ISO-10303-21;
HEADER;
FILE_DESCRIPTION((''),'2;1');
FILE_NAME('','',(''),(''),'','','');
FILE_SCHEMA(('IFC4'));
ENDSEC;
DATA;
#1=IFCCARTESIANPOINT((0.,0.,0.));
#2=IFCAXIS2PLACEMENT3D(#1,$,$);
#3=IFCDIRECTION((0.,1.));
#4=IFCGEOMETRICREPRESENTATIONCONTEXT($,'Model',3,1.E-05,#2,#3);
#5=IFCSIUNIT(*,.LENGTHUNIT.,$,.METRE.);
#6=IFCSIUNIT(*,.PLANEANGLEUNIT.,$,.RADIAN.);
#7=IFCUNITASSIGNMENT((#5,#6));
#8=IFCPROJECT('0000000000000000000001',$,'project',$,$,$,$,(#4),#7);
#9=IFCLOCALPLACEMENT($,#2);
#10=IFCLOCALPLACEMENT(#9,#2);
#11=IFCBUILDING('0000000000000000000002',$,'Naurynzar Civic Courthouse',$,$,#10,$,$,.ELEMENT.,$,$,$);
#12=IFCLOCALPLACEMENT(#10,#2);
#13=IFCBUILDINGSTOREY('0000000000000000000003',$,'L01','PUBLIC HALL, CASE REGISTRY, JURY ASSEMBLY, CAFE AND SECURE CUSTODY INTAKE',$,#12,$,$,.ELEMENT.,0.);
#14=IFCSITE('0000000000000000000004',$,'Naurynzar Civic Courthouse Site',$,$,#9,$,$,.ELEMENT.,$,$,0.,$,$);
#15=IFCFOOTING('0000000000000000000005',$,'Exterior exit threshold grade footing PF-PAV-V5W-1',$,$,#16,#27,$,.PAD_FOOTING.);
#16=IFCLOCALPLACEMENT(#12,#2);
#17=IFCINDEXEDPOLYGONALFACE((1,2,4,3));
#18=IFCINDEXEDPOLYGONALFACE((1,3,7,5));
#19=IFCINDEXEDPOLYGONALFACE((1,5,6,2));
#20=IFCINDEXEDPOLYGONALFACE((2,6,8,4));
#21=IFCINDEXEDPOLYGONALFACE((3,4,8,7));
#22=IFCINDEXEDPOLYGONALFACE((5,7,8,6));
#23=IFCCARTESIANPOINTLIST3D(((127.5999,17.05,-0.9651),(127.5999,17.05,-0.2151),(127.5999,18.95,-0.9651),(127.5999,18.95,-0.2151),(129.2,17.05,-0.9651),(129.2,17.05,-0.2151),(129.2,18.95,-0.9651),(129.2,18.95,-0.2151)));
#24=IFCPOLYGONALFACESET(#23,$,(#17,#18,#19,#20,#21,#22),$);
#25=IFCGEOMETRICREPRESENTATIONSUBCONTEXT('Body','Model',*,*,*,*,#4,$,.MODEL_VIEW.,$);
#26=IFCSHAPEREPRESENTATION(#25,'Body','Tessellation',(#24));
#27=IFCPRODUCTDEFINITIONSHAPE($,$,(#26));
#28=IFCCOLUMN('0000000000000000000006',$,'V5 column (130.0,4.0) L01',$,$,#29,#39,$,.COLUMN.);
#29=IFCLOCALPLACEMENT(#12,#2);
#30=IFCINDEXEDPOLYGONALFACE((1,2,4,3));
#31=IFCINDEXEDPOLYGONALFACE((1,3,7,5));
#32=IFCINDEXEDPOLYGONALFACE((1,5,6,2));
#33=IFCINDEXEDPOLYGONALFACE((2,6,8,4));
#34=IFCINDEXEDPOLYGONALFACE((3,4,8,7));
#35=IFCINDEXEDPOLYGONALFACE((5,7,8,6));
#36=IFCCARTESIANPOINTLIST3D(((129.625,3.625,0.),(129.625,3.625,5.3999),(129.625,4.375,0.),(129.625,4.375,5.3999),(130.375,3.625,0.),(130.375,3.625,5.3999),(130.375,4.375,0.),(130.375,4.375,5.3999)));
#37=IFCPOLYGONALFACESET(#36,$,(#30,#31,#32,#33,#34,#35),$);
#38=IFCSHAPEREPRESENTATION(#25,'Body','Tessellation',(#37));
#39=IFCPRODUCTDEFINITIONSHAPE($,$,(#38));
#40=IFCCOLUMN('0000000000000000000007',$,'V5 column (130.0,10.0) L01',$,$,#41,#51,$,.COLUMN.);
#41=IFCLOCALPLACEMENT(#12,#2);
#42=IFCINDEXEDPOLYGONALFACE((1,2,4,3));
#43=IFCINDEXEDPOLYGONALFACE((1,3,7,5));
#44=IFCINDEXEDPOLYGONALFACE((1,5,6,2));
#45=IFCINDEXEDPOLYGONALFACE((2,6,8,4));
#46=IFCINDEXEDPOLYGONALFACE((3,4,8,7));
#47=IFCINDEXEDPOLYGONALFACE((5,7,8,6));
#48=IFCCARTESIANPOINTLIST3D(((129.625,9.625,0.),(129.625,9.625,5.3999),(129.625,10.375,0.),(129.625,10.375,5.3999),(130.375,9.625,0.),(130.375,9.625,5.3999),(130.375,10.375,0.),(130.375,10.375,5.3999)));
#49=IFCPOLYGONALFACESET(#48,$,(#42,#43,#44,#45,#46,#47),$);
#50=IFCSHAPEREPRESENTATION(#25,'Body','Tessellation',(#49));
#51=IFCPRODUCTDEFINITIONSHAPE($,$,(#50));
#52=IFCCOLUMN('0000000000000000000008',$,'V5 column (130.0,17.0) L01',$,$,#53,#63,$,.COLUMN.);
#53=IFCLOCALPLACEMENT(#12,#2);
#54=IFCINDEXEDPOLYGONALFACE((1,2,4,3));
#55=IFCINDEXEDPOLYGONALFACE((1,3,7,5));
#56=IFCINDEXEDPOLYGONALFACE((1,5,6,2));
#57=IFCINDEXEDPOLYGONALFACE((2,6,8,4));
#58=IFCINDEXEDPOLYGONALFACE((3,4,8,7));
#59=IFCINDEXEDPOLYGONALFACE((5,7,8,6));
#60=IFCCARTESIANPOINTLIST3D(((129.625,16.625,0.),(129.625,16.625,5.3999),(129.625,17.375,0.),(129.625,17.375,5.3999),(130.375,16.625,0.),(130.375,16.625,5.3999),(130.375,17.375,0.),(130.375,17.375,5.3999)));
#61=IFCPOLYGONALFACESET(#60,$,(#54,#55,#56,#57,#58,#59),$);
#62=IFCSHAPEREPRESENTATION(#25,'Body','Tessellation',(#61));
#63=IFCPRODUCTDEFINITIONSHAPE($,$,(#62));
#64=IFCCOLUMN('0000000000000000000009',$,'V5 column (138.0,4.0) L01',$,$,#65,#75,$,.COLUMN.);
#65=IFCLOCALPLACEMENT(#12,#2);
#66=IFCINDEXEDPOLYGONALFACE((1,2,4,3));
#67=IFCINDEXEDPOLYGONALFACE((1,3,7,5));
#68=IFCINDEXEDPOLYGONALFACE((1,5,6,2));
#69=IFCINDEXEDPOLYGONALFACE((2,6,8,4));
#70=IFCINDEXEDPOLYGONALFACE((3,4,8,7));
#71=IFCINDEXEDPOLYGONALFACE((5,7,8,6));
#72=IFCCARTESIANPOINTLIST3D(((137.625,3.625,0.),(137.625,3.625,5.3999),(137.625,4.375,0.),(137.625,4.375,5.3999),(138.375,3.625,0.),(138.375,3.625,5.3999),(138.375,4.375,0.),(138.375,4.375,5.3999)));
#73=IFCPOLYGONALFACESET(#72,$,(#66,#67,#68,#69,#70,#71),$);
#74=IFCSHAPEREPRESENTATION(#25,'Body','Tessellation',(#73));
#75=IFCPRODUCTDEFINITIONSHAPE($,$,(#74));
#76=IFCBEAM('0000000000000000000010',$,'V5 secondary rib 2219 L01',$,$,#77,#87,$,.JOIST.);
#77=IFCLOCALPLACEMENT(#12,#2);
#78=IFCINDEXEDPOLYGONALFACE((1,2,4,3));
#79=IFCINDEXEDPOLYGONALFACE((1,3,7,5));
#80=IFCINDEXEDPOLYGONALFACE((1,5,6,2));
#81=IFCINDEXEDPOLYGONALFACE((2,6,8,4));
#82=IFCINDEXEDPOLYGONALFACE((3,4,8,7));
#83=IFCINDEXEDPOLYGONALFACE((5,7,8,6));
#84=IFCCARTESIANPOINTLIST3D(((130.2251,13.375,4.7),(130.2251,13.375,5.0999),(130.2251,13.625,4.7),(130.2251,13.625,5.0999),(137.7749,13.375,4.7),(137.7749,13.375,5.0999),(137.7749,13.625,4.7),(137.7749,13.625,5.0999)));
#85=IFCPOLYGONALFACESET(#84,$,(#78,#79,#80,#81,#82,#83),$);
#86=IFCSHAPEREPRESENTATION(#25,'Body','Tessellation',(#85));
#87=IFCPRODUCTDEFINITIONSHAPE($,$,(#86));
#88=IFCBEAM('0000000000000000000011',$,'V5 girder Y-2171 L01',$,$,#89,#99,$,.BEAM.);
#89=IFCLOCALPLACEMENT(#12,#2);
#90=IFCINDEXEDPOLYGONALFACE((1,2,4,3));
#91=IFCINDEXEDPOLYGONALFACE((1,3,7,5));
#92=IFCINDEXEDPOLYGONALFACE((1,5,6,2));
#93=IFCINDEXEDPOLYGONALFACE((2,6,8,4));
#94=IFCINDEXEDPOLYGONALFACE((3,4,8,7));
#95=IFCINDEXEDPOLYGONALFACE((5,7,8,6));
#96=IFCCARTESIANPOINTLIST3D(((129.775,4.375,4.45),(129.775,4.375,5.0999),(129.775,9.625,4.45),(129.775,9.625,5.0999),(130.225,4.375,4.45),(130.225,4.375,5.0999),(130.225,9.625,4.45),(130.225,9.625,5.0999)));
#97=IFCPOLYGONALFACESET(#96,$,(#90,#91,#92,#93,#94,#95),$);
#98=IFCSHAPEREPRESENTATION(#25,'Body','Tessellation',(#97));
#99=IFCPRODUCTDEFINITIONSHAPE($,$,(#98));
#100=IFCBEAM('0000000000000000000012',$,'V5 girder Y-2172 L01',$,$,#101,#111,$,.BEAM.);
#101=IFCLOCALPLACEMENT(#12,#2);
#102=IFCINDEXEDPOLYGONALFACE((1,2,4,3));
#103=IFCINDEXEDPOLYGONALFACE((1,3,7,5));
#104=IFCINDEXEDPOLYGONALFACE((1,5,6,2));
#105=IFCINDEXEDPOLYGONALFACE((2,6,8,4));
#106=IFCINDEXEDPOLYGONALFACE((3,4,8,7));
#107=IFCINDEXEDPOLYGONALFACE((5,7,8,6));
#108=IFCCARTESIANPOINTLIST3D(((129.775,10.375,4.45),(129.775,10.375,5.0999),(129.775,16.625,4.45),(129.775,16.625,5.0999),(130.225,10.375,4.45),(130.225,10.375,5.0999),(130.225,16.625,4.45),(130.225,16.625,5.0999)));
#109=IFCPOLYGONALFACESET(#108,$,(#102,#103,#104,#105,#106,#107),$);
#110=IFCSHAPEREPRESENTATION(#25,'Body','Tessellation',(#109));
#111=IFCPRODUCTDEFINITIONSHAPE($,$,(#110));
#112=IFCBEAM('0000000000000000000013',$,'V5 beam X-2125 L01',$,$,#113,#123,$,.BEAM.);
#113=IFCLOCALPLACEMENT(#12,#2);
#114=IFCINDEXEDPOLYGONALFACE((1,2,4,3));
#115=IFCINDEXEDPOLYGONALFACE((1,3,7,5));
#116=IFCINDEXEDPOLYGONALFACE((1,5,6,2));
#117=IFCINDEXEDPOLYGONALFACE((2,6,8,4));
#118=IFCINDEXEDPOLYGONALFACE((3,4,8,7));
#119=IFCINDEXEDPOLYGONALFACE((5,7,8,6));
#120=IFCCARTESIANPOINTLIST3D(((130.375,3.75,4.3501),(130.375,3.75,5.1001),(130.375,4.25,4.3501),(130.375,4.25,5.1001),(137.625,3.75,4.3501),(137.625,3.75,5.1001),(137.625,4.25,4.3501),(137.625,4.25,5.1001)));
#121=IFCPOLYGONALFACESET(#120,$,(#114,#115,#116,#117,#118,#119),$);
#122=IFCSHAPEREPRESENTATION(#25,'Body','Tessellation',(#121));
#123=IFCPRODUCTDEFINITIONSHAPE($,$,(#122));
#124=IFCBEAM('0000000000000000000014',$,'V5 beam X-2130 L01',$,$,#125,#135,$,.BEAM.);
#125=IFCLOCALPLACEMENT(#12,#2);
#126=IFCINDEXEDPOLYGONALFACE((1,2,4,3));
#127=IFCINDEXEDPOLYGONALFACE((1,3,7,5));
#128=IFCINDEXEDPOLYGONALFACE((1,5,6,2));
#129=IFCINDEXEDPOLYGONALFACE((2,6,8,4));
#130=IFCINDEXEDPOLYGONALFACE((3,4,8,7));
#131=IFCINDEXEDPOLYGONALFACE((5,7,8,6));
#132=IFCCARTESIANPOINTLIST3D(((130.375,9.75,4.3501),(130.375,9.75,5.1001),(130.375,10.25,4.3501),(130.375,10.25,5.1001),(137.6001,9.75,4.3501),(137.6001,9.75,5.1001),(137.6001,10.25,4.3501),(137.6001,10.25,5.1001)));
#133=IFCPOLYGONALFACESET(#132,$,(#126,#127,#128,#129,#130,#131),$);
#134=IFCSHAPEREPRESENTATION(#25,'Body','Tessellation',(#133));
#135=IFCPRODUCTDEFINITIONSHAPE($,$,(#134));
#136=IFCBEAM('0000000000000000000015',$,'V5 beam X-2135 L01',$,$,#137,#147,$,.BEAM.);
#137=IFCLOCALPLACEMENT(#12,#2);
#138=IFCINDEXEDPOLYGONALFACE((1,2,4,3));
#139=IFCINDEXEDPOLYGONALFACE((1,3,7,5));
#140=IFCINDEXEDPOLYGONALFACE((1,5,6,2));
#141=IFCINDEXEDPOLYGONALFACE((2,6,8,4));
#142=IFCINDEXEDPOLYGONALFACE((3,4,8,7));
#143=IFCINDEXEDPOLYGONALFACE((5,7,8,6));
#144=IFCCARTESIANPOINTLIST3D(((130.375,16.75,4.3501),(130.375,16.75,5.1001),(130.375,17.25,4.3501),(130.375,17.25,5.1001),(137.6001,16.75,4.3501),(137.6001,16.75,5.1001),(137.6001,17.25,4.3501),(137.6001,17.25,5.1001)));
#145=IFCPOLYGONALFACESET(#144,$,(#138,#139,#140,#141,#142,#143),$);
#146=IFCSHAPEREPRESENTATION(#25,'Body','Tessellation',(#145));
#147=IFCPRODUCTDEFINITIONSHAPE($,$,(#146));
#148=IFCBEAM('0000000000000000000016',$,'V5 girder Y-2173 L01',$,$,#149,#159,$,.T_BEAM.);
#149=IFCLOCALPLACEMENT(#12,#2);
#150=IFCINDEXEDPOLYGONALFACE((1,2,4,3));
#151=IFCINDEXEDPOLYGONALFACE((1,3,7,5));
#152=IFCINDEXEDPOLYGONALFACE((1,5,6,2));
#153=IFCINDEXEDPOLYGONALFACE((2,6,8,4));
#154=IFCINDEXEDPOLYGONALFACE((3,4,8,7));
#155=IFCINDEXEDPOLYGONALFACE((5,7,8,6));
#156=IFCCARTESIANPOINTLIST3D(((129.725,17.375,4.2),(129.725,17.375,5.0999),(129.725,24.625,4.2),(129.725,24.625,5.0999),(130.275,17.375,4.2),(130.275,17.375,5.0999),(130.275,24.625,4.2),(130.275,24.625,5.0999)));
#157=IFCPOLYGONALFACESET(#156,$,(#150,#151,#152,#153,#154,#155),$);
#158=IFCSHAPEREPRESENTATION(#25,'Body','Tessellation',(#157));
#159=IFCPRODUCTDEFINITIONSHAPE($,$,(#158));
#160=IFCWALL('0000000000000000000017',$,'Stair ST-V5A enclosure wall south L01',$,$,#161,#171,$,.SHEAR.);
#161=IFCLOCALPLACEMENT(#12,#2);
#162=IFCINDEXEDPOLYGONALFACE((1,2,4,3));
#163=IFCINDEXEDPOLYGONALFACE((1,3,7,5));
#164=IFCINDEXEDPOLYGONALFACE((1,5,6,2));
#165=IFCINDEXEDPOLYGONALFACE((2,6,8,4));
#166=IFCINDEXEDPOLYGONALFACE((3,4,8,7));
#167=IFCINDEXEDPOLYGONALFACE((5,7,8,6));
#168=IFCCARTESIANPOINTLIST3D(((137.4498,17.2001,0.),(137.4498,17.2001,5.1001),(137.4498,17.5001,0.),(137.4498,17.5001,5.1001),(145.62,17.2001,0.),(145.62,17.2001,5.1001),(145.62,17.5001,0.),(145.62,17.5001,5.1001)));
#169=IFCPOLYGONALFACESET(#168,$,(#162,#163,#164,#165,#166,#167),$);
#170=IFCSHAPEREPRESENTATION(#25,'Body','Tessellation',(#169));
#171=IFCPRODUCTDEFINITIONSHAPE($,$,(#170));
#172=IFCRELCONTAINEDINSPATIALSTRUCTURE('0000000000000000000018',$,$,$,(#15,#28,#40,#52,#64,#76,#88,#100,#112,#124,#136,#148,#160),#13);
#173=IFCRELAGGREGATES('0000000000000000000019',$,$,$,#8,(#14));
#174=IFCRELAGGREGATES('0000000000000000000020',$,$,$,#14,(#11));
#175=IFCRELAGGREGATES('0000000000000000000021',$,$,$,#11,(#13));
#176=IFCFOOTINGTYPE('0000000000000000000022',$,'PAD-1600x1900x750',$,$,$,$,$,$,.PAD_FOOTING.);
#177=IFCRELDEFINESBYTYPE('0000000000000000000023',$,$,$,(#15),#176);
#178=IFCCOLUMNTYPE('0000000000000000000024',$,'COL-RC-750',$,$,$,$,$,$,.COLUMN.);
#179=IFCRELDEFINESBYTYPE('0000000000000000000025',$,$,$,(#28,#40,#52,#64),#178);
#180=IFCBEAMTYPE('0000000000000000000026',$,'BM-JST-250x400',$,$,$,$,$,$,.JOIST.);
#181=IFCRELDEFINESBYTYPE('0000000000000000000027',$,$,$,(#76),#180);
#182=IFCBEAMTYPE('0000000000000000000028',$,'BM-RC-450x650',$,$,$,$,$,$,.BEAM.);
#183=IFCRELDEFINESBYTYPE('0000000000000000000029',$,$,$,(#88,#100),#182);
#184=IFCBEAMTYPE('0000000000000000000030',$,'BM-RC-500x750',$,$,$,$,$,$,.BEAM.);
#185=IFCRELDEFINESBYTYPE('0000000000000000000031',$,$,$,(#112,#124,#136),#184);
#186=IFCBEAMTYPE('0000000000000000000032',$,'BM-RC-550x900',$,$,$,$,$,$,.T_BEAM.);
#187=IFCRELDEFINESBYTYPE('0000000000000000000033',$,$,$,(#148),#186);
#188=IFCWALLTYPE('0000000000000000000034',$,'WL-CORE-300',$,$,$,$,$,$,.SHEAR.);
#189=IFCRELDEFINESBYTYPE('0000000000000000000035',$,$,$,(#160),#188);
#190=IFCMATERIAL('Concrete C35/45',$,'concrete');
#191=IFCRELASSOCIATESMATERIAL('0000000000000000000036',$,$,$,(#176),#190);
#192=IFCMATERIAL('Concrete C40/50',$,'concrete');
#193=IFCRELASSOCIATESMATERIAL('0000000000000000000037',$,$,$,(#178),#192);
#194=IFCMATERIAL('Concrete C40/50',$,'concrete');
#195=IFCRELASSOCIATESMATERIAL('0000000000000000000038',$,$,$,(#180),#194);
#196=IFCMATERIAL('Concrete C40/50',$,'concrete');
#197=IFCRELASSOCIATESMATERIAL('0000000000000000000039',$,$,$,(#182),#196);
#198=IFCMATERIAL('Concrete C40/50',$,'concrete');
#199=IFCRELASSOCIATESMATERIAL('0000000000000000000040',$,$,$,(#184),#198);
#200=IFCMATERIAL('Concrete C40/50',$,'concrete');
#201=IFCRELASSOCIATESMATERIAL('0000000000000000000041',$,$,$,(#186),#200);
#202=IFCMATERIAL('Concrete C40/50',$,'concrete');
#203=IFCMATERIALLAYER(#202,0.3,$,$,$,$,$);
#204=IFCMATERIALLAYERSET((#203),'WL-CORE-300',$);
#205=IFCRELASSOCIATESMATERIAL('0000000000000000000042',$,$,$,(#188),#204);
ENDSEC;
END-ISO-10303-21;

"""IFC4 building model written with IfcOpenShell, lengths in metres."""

from ifc_helpers import new_model, si_unit, direction, frame, frame_2d, origin, origin_2d, place, context, subcontext, project, spatial, rectangle, extrude, material, layer, layer_set, material_profile, profile_set, type_object, element, save


model = new_model("IFC4")

# Units and contexts
model_context = context("Model", 3, precision=1e-05, world=origin(), true_north=direction((0.0, 1.0)))
body_context = subcontext(model_context, "Body", "Model", "MODEL_VIEW")
ifc_project = project(units=[si_unit("LENGTHUNIT", "METRE"), si_unit("PLANEANGLEUNIT", "RADIAN")], contexts=[model_context])

# Site, building, storey
site_placement = place(None, origin())
site = spatial("IfcSite", under=ifc_project, at=site_placement, Name="Naurynzar Civic Courthouse Site", CompositionType="ELEMENT", RefElevation=0.0)
building_placement = place(site_placement, origin())
building = spatial("IfcBuilding", under=site, at=building_placement, Name="Naurynzar Civic Courthouse", CompositionType="ELEMENT")
storey_placement = place(building_placement, origin())
storey = spatial("IfcBuildingStorey", under=building, at=storey_placement, Name="L01", Description="PUBLIC HALL, CASE REGISTRY, JURY ASSEMBLY, CAFE AND SECURE CUSTODY INTAKE", CompositionType="ELEMENT", Elevation=0.0)

# Footing
ifc_material_1 = material(Name="Concrete C35/45", Category="concrete")
footing_type = type_object("IfcFootingType", Name="PAD-1600x1900x750", PredefinedType="PAD_FOOTING", material=ifc_material_1)
footing_placement = place(storey_placement, frame((128.3999, 18.0, -0.9651), z_axis=(0.0, 0.0, 1.0), x_axis=(1.0, 0.0, 0.0)))
element("IfcFooting", 1, at=footing_placement, inside=storey, type_object=footing_type, Name="Exterior exit threshold grade footing PF-PAV-V5W-1", PredefinedType="PAD_FOOTING", context=body_context, shape_type="SweptSolid", body=[
    extrude(rectangle(XDim=1.6001, YDim=1.8999, at=origin_2d()), origin(), (0.0, 0.0, 1.0), 0.75),
])

# Columns
ifc_material_2 = material(Name="Concrete C40/50", Category="concrete")
ifc_material_profile_1 = material_profile(ifc_material_2, rectangle(XDim=0.75, YDim=0.75, at=origin_2d()), Name="RC 750x750")
ifc_profile_set_1 = profile_set([ifc_material_profile_1], Name="Concrete C40/50")
column_type = type_object("IfcColumnType", Name="COL-RC-750", PredefinedType="COLUMN", material=ifc_profile_set_1)
for number, where, z_axis, x_axis, name in (
    (2, (130.0, 4.0, 0.0), (0.0, 0.0, 1.0), (1.0, 0.0, 0.0), "V5 column (130.0,4.0) L01"),
    (3, (130.0, 10.0, 0.0), (0.0, 0.0, 1.0), (1.0, 0.0, 0.0), "V5 column (130.0,10.0) L01"),
    (4, (130.0, 17.0, 0.0), (0.0, 0.0, 1.0), (1.0, 0.0, 0.0), "V5 column (130.0,17.0) L01"),
    (5, (138.0, 4.0, 0.0), (0.0, 0.0, 1.0), (1.0, 0.0, 0.0), "V5 column (138.0,4.0) L01"),
):
    element("IfcColumn", number, at=place(storey_placement, frame(where, z_axis=z_axis, x_axis=x_axis)), inside=storey, type_object=column_type, Name=name, PredefinedType="COLUMN", context=body_context, shape_type="SweptSolid", body=[
        extrude(rectangle(XDim=0.75, YDim=0.75, at=origin_2d()), origin(), (0.0, 0.0, 1.0), 5.3999),
    ])

# Beams
ifc_material_3 = material(Name="Concrete C40/50", Category="concrete")
ifc_material_profile_2 = material_profile(ifc_material_3, rectangle(XDim=0.25, YDim=0.3999, at=origin_2d()), Name="RCB 250x400")
ifc_profile_set_2 = profile_set([ifc_material_profile_2], Name="Concrete C40/50")
beam_type_1 = type_object("IfcBeamType", Name="BM-JST-250x400", PredefinedType="JOIST", material=ifc_profile_set_2)
beam_1_placement = place(storey_placement, frame((130.2251, 13.5, 4.8999), z_axis=(1.0, 0.0, 0.0), x_axis=(0.0, 1.0, 0.0)))
element("IfcBeam", 6, at=beam_1_placement, inside=storey, type_object=beam_type_1, Name="V5 secondary rib 2219 L01", PredefinedType="JOIST", context=body_context, shape_type="SweptSolid", body=[
    extrude(rectangle(XDim=0.25, YDim=0.3999, at=origin_2d()), origin(), (0.0, 0.0, 1.0), 7.5498),
])
ifc_material_4 = material(Name="Concrete C40/50", Category="concrete")
ifc_material_profile_3 = material_profile(ifc_material_4, rectangle(XDim=0.45, YDim=0.6499, at=origin_2d()), Name="RCB 450x650")
ifc_profile_set_3 = profile_set([ifc_material_profile_3], Name="Concrete C40/50")
beam_type_2 = type_object("IfcBeamType", Name="BM-RC-450x650", PredefinedType="BEAM", material=ifc_profile_set_3)
beam_2_placement = place(storey_placement, frame((130.0, 4.375, 4.7749), z_axis=(0.0, 1.0, 0.0), x_axis=(-1.0, 0.0, 0.0)))
element("IfcBeam", 7, at=beam_2_placement, inside=storey, type_object=beam_type_2, Name="V5 girder Y-2171 L01", PredefinedType="BEAM", context=body_context, shape_type="SweptSolid", body=[
    extrude(rectangle(XDim=0.45, YDim=0.6499, at=origin_2d()), origin(), (0.0, 0.0, 1.0), 5.25),
])
beam_3_placement = place(storey_placement, frame((130.0, 10.375, 4.7749), z_axis=(0.0, 1.0, 0.0), x_axis=(-1.0, 0.0, 0.0)))
element("IfcBeam", 8, at=beam_3_placement, inside=storey, type_object=beam_type_2, Name="V5 girder Y-2172 L01", PredefinedType="BEAM", context=body_context, shape_type="SweptSolid", body=[
    extrude(rectangle(XDim=0.45, YDim=0.6499, at=origin_2d()), origin(), (0.0, 0.0, 1.0), 6.25),
])
ifc_material_5 = material(Name="Concrete C40/50", Category="concrete")
ifc_material_profile_4 = material_profile(ifc_material_5, rectangle(XDim=0.5, YDim=0.75, at=origin_2d()), Name="RCB 500x750")
ifc_profile_set_4 = profile_set([ifc_material_profile_4], Name="Concrete C40/50")
beam_type_3 = type_object("IfcBeamType", Name="BM-RC-500x750", PredefinedType="BEAM", material=ifc_profile_set_4)
beam_4_placement = place(storey_placement, frame((130.375, 4.0, 4.7251), z_axis=(1.0, 0.0, 0.0), x_axis=(0.0, 1.0, 0.0)))
element("IfcBeam", 9, at=beam_4_placement, inside=storey, type_object=beam_type_3, Name="V5 beam X-2125 L01", PredefinedType="BEAM", context=body_context, shape_type="SweptSolid", body=[
    extrude(rectangle(XDim=0.5, YDim=0.75, at=origin_2d()), origin(), (0.0, 0.0, 1.0), 7.25),
])
for number, where, z_axis, x_axis, name in (
    (10, (130.375, 10.0, 4.7251), (1.0, 0.0, 0.0), (0.0, 1.0, 0.0), "V5 beam X-2130 L01"),
    (11, (130.375, 17.0, 4.7251), (1.0, 0.0, 0.0), (0.0, 1.0, 0.0), "V5 beam X-2135 L01"),
):
    element("IfcBeam", number, at=place(storey_placement, frame(where, z_axis=z_axis, x_axis=x_axis)), inside=storey, type_object=beam_type_3, Name=name, PredefinedType="BEAM", context=body_context, shape_type="SweptSolid", body=[
        extrude(rectangle(XDim=0.5, YDim=0.75, at=origin_2d()), origin(), (0.0, 0.0, 1.0), 7.2251),
    ])
ifc_material_6 = material(Name="Concrete C40/50", Category="concrete")
ifc_material_profile_5 = material_profile(ifc_material_6, rectangle(XDim=0.55, YDim=0.8999, at=origin_2d()), Name="RCB 550x900")
ifc_profile_set_5 = profile_set([ifc_material_profile_5], Name="Concrete C40/50")
beam_type_4 = type_object("IfcBeamType", Name="BM-RC-550x900", PredefinedType="T_BEAM", material=ifc_profile_set_5)
beam_5_placement = place(storey_placement, frame((130.0, 17.375, 4.6499), z_axis=(0.0, 1.0, 0.0), x_axis=(-1.0, 0.0, 0.0)))
element("IfcBeam", 12, at=beam_5_placement, inside=storey, type_object=beam_type_4, Name="V5 girder Y-2173 L01", PredefinedType="T_BEAM", context=body_context, shape_type="SweptSolid", body=[
    extrude(rectangle(XDim=0.55, YDim=0.8999, at=origin_2d()), origin(), (0.0, 0.0, 1.0), 7.25),
])

# Wall
ifc_material_7 = material(Name="Concrete C40/50", Category="concrete")
ifc_layer_1 = layer(ifc_material_7, 0.3)
ifc_layer_set_1 = layer_set([ifc_layer_1], Name="WL-CORE-300")
wall_type_1 = type_object("IfcWallType", Name="WL-CORE-300", PredefinedType="SHEAR", material=ifc_layer_set_1)
wall_1_placement = place(storey_placement, frame((137.45, 17.3501, 0.0), z_axis=(0.0, 0.0, 1.0), x_axis=(1.0, 0.0, 0.0)))
element("IfcWall", 13, at=wall_1_placement, inside=storey, type_object=wall_type_1, Name="Stair ST-V5A enclosure wall south L01", PredefinedType="SHEAR", context=body_context, shape_type="SweptSolid", body=[
    extrude(rectangle(XDim=8.1702, YDim=0.3, at=frame_2d((4.085, 0.0))), origin(), (0.0, 0.0, 1.0), 5.1001),
])

save(model, "model.ifc")
